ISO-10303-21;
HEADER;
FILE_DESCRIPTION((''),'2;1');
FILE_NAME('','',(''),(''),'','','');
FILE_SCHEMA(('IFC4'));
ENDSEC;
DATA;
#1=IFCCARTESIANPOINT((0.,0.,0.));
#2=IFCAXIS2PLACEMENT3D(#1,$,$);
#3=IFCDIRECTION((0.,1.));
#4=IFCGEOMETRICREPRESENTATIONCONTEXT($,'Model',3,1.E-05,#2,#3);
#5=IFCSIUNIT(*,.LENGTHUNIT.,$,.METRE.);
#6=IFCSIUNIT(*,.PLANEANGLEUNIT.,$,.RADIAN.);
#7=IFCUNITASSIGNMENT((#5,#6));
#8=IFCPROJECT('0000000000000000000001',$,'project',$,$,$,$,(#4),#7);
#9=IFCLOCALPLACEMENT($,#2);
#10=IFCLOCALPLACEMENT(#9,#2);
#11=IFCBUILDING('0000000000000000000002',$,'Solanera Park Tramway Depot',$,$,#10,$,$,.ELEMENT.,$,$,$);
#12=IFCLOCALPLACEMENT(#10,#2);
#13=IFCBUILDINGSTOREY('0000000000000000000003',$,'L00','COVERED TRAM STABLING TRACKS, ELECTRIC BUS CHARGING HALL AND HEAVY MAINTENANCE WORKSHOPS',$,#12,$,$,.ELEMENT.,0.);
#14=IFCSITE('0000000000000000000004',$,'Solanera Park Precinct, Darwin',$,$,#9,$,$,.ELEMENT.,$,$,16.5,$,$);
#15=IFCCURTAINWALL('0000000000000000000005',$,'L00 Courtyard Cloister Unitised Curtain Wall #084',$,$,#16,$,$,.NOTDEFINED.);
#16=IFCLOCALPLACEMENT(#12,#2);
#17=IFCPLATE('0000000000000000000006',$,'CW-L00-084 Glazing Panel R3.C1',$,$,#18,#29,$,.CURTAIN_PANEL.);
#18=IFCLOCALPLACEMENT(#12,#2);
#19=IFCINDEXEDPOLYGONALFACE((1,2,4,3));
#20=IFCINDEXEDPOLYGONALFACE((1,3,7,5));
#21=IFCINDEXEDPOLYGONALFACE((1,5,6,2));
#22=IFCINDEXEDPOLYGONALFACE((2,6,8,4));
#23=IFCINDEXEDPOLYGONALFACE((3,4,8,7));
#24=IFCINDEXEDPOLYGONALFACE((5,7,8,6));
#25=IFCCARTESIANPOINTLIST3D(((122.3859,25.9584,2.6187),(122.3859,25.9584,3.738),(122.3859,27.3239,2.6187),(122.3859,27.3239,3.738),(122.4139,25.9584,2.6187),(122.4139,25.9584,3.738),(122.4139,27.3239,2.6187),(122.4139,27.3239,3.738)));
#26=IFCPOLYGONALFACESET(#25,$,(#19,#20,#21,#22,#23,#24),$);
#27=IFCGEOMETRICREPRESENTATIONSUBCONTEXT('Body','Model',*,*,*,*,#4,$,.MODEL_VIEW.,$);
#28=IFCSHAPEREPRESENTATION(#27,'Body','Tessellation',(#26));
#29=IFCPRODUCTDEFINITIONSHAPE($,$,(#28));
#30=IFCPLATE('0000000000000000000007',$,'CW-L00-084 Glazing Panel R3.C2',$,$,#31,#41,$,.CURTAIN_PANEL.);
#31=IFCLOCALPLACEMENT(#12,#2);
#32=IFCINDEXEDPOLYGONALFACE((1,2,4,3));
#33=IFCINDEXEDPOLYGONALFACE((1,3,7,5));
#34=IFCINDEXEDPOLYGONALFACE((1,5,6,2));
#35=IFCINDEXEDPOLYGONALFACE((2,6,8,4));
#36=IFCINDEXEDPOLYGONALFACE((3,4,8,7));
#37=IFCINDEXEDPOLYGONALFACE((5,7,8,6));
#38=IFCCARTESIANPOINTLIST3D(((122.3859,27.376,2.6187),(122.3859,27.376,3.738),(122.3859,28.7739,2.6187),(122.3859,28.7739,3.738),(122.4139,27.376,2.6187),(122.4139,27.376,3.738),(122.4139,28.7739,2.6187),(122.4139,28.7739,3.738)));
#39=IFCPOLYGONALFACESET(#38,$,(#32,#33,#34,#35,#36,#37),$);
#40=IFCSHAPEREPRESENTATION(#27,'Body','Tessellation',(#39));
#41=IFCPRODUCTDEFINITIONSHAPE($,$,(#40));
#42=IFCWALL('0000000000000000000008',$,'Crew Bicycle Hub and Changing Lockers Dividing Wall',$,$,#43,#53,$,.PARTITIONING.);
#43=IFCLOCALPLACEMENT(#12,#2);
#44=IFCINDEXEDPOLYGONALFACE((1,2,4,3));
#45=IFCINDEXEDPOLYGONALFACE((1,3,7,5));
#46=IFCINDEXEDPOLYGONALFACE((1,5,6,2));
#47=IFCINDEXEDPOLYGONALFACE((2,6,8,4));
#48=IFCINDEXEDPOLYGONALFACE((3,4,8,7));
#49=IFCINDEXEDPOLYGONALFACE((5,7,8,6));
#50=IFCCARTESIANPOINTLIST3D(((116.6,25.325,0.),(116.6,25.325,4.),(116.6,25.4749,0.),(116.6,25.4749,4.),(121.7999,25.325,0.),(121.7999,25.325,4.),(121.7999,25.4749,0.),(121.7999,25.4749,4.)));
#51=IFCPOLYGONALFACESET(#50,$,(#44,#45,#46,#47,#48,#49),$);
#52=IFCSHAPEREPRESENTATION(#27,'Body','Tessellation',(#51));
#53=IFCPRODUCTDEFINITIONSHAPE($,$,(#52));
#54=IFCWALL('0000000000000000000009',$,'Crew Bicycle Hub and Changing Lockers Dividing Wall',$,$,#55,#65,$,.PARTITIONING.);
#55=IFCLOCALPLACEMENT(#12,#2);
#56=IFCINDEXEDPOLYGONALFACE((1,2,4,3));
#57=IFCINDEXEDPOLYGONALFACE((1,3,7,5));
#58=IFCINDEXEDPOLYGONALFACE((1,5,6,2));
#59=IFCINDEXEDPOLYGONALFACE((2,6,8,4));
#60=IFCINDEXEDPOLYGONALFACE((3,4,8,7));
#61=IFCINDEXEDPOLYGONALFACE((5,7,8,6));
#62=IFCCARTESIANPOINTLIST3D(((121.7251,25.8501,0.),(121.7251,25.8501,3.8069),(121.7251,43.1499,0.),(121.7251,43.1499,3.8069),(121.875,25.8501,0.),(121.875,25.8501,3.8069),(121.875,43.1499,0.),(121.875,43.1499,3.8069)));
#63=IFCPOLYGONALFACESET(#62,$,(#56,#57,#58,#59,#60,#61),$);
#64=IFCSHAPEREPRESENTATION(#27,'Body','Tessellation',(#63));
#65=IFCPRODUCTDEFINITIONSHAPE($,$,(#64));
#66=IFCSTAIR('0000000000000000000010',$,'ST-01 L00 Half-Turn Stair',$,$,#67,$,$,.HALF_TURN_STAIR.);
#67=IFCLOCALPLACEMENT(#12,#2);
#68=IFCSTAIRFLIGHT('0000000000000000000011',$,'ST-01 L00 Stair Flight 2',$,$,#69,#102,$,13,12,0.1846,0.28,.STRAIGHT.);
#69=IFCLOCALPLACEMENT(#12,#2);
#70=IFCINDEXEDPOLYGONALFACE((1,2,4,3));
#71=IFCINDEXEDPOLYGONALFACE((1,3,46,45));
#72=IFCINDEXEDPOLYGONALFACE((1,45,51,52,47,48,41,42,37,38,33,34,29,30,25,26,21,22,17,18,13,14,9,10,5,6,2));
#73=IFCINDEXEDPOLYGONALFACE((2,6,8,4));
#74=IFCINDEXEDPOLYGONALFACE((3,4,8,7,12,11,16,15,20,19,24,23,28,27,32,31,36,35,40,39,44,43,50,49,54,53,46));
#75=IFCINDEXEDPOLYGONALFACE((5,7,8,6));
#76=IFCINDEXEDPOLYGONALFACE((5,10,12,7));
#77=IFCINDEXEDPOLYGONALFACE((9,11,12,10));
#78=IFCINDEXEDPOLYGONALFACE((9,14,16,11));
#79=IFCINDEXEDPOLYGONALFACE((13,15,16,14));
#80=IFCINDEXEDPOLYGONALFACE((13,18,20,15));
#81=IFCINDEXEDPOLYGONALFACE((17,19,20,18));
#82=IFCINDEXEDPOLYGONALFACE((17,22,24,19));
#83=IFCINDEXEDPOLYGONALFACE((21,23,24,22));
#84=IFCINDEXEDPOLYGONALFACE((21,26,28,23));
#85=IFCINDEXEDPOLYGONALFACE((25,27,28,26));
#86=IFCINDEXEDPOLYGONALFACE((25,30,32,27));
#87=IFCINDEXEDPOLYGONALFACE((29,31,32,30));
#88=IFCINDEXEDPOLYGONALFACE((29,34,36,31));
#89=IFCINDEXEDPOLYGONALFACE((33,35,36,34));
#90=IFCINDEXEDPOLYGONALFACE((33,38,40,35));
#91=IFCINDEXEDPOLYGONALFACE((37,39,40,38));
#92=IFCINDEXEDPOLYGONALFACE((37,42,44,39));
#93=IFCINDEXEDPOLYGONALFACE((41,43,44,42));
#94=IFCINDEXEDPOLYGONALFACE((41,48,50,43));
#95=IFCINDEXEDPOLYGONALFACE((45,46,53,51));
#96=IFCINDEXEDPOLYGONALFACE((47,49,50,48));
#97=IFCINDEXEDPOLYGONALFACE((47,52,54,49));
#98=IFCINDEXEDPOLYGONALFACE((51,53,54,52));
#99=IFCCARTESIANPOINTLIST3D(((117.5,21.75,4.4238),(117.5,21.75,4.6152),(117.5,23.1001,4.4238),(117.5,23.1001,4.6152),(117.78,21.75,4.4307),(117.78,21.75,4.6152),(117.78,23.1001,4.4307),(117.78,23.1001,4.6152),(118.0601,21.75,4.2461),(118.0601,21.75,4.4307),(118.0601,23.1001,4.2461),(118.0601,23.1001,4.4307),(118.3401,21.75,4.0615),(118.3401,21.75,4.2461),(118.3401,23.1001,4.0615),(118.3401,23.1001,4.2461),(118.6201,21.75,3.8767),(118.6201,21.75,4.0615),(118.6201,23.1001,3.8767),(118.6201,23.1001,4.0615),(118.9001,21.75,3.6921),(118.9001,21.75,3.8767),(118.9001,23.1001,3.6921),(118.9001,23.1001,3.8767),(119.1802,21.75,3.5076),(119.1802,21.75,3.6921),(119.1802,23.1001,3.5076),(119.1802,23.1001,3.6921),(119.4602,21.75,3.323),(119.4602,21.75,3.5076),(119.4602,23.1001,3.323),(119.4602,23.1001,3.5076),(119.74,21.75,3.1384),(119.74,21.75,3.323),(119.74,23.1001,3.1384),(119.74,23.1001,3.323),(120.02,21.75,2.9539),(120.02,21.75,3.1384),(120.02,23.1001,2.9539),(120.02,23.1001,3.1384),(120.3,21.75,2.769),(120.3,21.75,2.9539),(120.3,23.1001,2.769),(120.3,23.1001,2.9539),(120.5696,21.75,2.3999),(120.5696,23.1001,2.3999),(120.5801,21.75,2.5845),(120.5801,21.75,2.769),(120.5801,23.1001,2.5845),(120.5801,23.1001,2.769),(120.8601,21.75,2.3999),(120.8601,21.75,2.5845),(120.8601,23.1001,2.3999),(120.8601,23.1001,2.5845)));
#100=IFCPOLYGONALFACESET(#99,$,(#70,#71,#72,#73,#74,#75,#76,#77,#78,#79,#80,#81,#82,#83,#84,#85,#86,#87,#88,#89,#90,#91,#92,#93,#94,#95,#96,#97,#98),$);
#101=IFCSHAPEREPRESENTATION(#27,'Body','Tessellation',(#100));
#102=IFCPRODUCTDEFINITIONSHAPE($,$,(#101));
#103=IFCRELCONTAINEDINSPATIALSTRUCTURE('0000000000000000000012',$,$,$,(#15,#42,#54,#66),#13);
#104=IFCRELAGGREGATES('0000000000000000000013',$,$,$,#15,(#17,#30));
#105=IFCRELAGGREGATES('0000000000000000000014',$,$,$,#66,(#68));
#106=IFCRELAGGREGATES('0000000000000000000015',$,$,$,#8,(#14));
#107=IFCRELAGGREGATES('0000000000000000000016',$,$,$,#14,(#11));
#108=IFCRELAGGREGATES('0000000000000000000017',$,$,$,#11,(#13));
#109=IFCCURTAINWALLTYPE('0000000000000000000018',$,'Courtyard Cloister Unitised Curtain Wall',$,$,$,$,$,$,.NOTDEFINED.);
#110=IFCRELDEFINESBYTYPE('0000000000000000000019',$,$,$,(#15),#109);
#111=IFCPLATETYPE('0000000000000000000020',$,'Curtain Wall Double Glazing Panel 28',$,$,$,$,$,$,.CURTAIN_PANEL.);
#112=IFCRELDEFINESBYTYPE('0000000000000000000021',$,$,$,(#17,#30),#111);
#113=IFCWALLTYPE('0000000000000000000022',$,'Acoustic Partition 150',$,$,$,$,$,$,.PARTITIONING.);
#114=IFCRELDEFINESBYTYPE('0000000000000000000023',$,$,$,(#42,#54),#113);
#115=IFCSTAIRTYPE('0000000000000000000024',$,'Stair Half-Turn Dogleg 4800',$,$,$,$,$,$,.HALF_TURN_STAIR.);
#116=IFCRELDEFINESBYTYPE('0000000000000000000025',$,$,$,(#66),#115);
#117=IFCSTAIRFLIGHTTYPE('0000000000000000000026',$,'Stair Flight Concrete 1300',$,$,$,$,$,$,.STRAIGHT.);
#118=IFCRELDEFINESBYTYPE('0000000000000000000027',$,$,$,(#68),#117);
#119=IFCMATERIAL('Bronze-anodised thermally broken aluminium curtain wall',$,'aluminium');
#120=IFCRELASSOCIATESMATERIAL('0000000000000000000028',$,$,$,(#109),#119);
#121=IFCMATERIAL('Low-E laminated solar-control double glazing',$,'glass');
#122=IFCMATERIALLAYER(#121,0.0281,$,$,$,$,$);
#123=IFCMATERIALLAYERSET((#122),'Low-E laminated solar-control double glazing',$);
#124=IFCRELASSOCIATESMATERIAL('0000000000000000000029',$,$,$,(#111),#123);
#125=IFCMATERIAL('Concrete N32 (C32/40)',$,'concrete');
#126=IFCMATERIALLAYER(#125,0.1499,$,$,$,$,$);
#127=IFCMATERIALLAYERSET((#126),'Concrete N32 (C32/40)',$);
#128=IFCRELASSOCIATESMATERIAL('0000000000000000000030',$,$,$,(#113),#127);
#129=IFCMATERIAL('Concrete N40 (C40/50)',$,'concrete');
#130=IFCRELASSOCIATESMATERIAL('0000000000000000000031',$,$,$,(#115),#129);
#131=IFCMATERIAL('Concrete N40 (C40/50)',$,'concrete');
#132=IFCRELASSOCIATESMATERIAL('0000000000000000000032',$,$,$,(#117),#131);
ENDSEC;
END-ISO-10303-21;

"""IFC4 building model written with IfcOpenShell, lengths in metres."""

from ifc_helpers import new_model, si_unit, direction, frame, frame_2d, origin, origin_2d, place, context, subcontext, project, spatial, polyline, rectangle, outline, extrude, material, layer, layer_set, type_object, element, aggregate, save


model = new_model("IFC4")

# Units and contexts
model_context = context("Model", 3, precision=1e-05, world=origin(), true_north=direction((0.0, 1.0)))
body_context = subcontext(model_context, "Body", "Model", "MODEL_VIEW")
ifc_project = project(units=[si_unit("LENGTHUNIT", "METRE"), si_unit("PLANEANGLEUNIT", "RADIAN")], contexts=[model_context])

# Site, building, storey
site_placement = place(None, origin())
site = spatial("IfcSite", under=ifc_project, at=site_placement, Name="Solanera Park Precinct, Darwin", CompositionType="ELEMENT", RefElevation=16.5)
building_placement = place(site_placement, origin())
building = spatial("IfcBuilding", under=site, at=building_placement, Name="Solanera Park Tramway Depot", CompositionType="ELEMENT")
storey_placement = place(building_placement, origin())
storey = spatial("IfcBuildingStorey", under=building, at=storey_placement, Name="L00", Description="COVERED TRAM STABLING TRACKS, ELECTRIC BUS CHARGING HALL AND HEAVY MAINTENANCE WORKSHOPS", CompositionType="ELEMENT", Elevation=0.0)

# Curtain wall, plates
ifc_material_1 = material(Name="Bronze-anodised thermally broken aluminium curtain wall", Category="aluminium")
curtain_wall_type = type_object("IfcCurtainWallType", Name="Courtyard Cloister Unitised Curtain Wall", PredefinedType="NOTDEFINED", material=ifc_material_1)
curtain_wall_placement = place(storey_placement, origin())
curtain_wall = element("IfcCurtainWall", 1, at=curtain_wall_placement, inside=storey, type_object=curtain_wall_type, Name="L00 Courtyard Cloister Unitised Curtain Wall #084", PredefinedType="NOTDEFINED")
ifc_material_2 = material(Name="Low-E laminated solar-control double glazing", Category="glass")
ifc_layer_1 = layer(ifc_material_2, 0.0281)
ifc_layer_set_1 = layer_set([ifc_layer_1], Name="Low-E laminated solar-control double glazing")
plate_type = type_object("IfcPlateType", Name="Curtain Wall Double Glazing Panel 28", PredefinedType="CURTAIN_PANEL", material=ifc_layer_set_1)
plate_1_placement = place(storey_placement, frame((122.3999, 26.6411, 2.6187), z_axis=(0.0, 0.0, 1.0), x_axis=(0.0, 1.0, 0.0)))
plate_1 = element("IfcPlate", 2, at=plate_1_placement, type_object=plate_type, Name="CW-L00-084 Glazing Panel R3.C1", PredefinedType="CURTAIN_PANEL", context=body_context, shape_type="SweptSolid", body=[
    extrude(rectangle(XDim=1.3655, YDim=0.0281, at=origin_2d()), origin(), (0.0, 0.0, 1.0), 1.1194),
])
plate_2_placement = place(storey_placement, frame((122.3999, 28.075, 2.6187), z_axis=(0.0, 0.0, 1.0), x_axis=(0.0, 1.0, 0.0)))
plate_2 = element("IfcPlate", 3, at=plate_2_placement, type_object=plate_type, Name="CW-L00-084 Glazing Panel R3.C2", PredefinedType="CURTAIN_PANEL", context=body_context, shape_type="SweptSolid", body=[
    extrude(rectangle(XDim=1.3979, YDim=0.0281, at=origin_2d()), origin(), (0.0, 0.0, 1.0), 1.1194),
])
aggregate(curtain_wall, [plate_1, plate_2])

# Walls
ifc_material_3 = material(Name="Concrete N32 (C32/40)", Category="concrete")
ifc_layer_2 = layer(ifc_material_3, 0.1499)
ifc_layer_set_2 = layer_set([ifc_layer_2], Name="Concrete N32 (C32/40)")
wall_type = type_object("IfcWallType", Name="Acoustic Partition 150", PredefinedType="PARTITIONING", material=ifc_layer_set_2)
wall_1_placement = place(storey_placement, frame((121.8, 25.3999, 0.0), z_axis=(0.0, 0.0, 1.0), x_axis=(-1.0, 0.0, 0.0)))
element("IfcWall", 4, at=wall_1_placement, inside=storey, type_object=wall_type, Name="Crew Bicycle Hub and Changing Lockers Dividing Wall", PredefinedType="PARTITIONING", context=body_context, shape_type="SweptSolid", body=[
    extrude(rectangle(XDim=5.2, YDim=0.1499, at=frame_2d((2.6001, 0.0))), origin(), (0.0, 0.0, 1.0), 4.0),
])
wall_2_placement = place(storey_placement, frame((121.8, 25.8501, 0.0), z_axis=(0.0, 0.0, 1.0), x_axis=(0.0, 1.0, 0.0)))
element("IfcWall", 5, at=wall_2_placement, inside=storey, type_object=wall_type, Name="Crew Bicycle Hub and Changing Lockers Dividing Wall", PredefinedType="PARTITIONING", context=body_context, shape_type="SweptSolid", body=[
    extrude(rectangle(XDim=17.2998, YDim=0.1499, at=frame_2d((8.6499, 0.0))), origin(), (0.0, 0.0, 1.0), 3.8069),
])

# Stair, stair flight
ifc_material_4 = material(Name="Concrete N40 (C40/50)", Category="concrete")
stair_type = type_object("IfcStairType", Name="Stair Half-Turn Dogleg 4800", PredefinedType="HALF_TURN_STAIR", material=ifc_material_4)
stair_placement = place(storey_placement, origin())
stair = element("IfcStair", 6, at=stair_placement, inside=storey, type_object=stair_type, Name="ST-01 L00 Half-Turn Stair", PredefinedType="HALF_TURN_STAIR")
ifc_material_5 = material(Name="Concrete N40 (C40/50)", Category="concrete")
stair_flight_type = type_object("IfcStairFlightType", Name="Stair Flight Concrete 1300", PredefinedType="STRAIGHT", material=ifc_material_5)
stair_flight_placement = place(storey_placement, frame((120.8601, 22.425, 2.3999), z_axis=(0.0, 0.0, 1.0), x_axis=(-1.0, 0.0, 0.0)))
stair_flight = element("IfcStairFlight", 7, at=stair_flight_placement, type_object=stair_flight_type, Name="ST-01 L00 Stair Flight 2", NumberOfRisers=13, NumberOfTreads=12, PredefinedType="STRAIGHT", RiserHeight=0.1846, TreadLength=0.28, context=body_context, shape_type="SweptSolid", body=[
    extrude(outline(polyline([(0.0, 0.0), (0.0, 0.1846), (0.28, 0.1846), (0.28, 0.3691), (0.5601, 0.3691), (0.5601, 0.554), (0.8401, 0.554), (0.8401, 0.7385), (1.1201, 0.7385), (1.1201, 0.9231), (1.3999, 0.9231), (1.3999, 1.1077), (1.6799, 1.1077), (1.6799, 1.2922), (1.96, 1.2922), (1.96, 1.4768), (2.24, 1.4768), (2.24, 1.6616), (2.52, 1.6616), (2.52, 1.8462), (2.8, 1.8462), (2.8, 2.0308), (3.0801, 2.0308), (3.0801, 2.2153), (3.3601, 2.2153), (3.3601, 2.3999), (3.3601, 2.0239), (0.2905, 0.0), (0.0, 0.0)])), frame((0.0, 0.675, 0.0), z_axis=(0.0, -1.0, 0.0), x_axis=(1.0, 0.0, 0.0)), (0.0, 0.0, 1.0), 1.3501),
])
aggregate(stair, [stair_flight])

save(model, "model.ifc")
